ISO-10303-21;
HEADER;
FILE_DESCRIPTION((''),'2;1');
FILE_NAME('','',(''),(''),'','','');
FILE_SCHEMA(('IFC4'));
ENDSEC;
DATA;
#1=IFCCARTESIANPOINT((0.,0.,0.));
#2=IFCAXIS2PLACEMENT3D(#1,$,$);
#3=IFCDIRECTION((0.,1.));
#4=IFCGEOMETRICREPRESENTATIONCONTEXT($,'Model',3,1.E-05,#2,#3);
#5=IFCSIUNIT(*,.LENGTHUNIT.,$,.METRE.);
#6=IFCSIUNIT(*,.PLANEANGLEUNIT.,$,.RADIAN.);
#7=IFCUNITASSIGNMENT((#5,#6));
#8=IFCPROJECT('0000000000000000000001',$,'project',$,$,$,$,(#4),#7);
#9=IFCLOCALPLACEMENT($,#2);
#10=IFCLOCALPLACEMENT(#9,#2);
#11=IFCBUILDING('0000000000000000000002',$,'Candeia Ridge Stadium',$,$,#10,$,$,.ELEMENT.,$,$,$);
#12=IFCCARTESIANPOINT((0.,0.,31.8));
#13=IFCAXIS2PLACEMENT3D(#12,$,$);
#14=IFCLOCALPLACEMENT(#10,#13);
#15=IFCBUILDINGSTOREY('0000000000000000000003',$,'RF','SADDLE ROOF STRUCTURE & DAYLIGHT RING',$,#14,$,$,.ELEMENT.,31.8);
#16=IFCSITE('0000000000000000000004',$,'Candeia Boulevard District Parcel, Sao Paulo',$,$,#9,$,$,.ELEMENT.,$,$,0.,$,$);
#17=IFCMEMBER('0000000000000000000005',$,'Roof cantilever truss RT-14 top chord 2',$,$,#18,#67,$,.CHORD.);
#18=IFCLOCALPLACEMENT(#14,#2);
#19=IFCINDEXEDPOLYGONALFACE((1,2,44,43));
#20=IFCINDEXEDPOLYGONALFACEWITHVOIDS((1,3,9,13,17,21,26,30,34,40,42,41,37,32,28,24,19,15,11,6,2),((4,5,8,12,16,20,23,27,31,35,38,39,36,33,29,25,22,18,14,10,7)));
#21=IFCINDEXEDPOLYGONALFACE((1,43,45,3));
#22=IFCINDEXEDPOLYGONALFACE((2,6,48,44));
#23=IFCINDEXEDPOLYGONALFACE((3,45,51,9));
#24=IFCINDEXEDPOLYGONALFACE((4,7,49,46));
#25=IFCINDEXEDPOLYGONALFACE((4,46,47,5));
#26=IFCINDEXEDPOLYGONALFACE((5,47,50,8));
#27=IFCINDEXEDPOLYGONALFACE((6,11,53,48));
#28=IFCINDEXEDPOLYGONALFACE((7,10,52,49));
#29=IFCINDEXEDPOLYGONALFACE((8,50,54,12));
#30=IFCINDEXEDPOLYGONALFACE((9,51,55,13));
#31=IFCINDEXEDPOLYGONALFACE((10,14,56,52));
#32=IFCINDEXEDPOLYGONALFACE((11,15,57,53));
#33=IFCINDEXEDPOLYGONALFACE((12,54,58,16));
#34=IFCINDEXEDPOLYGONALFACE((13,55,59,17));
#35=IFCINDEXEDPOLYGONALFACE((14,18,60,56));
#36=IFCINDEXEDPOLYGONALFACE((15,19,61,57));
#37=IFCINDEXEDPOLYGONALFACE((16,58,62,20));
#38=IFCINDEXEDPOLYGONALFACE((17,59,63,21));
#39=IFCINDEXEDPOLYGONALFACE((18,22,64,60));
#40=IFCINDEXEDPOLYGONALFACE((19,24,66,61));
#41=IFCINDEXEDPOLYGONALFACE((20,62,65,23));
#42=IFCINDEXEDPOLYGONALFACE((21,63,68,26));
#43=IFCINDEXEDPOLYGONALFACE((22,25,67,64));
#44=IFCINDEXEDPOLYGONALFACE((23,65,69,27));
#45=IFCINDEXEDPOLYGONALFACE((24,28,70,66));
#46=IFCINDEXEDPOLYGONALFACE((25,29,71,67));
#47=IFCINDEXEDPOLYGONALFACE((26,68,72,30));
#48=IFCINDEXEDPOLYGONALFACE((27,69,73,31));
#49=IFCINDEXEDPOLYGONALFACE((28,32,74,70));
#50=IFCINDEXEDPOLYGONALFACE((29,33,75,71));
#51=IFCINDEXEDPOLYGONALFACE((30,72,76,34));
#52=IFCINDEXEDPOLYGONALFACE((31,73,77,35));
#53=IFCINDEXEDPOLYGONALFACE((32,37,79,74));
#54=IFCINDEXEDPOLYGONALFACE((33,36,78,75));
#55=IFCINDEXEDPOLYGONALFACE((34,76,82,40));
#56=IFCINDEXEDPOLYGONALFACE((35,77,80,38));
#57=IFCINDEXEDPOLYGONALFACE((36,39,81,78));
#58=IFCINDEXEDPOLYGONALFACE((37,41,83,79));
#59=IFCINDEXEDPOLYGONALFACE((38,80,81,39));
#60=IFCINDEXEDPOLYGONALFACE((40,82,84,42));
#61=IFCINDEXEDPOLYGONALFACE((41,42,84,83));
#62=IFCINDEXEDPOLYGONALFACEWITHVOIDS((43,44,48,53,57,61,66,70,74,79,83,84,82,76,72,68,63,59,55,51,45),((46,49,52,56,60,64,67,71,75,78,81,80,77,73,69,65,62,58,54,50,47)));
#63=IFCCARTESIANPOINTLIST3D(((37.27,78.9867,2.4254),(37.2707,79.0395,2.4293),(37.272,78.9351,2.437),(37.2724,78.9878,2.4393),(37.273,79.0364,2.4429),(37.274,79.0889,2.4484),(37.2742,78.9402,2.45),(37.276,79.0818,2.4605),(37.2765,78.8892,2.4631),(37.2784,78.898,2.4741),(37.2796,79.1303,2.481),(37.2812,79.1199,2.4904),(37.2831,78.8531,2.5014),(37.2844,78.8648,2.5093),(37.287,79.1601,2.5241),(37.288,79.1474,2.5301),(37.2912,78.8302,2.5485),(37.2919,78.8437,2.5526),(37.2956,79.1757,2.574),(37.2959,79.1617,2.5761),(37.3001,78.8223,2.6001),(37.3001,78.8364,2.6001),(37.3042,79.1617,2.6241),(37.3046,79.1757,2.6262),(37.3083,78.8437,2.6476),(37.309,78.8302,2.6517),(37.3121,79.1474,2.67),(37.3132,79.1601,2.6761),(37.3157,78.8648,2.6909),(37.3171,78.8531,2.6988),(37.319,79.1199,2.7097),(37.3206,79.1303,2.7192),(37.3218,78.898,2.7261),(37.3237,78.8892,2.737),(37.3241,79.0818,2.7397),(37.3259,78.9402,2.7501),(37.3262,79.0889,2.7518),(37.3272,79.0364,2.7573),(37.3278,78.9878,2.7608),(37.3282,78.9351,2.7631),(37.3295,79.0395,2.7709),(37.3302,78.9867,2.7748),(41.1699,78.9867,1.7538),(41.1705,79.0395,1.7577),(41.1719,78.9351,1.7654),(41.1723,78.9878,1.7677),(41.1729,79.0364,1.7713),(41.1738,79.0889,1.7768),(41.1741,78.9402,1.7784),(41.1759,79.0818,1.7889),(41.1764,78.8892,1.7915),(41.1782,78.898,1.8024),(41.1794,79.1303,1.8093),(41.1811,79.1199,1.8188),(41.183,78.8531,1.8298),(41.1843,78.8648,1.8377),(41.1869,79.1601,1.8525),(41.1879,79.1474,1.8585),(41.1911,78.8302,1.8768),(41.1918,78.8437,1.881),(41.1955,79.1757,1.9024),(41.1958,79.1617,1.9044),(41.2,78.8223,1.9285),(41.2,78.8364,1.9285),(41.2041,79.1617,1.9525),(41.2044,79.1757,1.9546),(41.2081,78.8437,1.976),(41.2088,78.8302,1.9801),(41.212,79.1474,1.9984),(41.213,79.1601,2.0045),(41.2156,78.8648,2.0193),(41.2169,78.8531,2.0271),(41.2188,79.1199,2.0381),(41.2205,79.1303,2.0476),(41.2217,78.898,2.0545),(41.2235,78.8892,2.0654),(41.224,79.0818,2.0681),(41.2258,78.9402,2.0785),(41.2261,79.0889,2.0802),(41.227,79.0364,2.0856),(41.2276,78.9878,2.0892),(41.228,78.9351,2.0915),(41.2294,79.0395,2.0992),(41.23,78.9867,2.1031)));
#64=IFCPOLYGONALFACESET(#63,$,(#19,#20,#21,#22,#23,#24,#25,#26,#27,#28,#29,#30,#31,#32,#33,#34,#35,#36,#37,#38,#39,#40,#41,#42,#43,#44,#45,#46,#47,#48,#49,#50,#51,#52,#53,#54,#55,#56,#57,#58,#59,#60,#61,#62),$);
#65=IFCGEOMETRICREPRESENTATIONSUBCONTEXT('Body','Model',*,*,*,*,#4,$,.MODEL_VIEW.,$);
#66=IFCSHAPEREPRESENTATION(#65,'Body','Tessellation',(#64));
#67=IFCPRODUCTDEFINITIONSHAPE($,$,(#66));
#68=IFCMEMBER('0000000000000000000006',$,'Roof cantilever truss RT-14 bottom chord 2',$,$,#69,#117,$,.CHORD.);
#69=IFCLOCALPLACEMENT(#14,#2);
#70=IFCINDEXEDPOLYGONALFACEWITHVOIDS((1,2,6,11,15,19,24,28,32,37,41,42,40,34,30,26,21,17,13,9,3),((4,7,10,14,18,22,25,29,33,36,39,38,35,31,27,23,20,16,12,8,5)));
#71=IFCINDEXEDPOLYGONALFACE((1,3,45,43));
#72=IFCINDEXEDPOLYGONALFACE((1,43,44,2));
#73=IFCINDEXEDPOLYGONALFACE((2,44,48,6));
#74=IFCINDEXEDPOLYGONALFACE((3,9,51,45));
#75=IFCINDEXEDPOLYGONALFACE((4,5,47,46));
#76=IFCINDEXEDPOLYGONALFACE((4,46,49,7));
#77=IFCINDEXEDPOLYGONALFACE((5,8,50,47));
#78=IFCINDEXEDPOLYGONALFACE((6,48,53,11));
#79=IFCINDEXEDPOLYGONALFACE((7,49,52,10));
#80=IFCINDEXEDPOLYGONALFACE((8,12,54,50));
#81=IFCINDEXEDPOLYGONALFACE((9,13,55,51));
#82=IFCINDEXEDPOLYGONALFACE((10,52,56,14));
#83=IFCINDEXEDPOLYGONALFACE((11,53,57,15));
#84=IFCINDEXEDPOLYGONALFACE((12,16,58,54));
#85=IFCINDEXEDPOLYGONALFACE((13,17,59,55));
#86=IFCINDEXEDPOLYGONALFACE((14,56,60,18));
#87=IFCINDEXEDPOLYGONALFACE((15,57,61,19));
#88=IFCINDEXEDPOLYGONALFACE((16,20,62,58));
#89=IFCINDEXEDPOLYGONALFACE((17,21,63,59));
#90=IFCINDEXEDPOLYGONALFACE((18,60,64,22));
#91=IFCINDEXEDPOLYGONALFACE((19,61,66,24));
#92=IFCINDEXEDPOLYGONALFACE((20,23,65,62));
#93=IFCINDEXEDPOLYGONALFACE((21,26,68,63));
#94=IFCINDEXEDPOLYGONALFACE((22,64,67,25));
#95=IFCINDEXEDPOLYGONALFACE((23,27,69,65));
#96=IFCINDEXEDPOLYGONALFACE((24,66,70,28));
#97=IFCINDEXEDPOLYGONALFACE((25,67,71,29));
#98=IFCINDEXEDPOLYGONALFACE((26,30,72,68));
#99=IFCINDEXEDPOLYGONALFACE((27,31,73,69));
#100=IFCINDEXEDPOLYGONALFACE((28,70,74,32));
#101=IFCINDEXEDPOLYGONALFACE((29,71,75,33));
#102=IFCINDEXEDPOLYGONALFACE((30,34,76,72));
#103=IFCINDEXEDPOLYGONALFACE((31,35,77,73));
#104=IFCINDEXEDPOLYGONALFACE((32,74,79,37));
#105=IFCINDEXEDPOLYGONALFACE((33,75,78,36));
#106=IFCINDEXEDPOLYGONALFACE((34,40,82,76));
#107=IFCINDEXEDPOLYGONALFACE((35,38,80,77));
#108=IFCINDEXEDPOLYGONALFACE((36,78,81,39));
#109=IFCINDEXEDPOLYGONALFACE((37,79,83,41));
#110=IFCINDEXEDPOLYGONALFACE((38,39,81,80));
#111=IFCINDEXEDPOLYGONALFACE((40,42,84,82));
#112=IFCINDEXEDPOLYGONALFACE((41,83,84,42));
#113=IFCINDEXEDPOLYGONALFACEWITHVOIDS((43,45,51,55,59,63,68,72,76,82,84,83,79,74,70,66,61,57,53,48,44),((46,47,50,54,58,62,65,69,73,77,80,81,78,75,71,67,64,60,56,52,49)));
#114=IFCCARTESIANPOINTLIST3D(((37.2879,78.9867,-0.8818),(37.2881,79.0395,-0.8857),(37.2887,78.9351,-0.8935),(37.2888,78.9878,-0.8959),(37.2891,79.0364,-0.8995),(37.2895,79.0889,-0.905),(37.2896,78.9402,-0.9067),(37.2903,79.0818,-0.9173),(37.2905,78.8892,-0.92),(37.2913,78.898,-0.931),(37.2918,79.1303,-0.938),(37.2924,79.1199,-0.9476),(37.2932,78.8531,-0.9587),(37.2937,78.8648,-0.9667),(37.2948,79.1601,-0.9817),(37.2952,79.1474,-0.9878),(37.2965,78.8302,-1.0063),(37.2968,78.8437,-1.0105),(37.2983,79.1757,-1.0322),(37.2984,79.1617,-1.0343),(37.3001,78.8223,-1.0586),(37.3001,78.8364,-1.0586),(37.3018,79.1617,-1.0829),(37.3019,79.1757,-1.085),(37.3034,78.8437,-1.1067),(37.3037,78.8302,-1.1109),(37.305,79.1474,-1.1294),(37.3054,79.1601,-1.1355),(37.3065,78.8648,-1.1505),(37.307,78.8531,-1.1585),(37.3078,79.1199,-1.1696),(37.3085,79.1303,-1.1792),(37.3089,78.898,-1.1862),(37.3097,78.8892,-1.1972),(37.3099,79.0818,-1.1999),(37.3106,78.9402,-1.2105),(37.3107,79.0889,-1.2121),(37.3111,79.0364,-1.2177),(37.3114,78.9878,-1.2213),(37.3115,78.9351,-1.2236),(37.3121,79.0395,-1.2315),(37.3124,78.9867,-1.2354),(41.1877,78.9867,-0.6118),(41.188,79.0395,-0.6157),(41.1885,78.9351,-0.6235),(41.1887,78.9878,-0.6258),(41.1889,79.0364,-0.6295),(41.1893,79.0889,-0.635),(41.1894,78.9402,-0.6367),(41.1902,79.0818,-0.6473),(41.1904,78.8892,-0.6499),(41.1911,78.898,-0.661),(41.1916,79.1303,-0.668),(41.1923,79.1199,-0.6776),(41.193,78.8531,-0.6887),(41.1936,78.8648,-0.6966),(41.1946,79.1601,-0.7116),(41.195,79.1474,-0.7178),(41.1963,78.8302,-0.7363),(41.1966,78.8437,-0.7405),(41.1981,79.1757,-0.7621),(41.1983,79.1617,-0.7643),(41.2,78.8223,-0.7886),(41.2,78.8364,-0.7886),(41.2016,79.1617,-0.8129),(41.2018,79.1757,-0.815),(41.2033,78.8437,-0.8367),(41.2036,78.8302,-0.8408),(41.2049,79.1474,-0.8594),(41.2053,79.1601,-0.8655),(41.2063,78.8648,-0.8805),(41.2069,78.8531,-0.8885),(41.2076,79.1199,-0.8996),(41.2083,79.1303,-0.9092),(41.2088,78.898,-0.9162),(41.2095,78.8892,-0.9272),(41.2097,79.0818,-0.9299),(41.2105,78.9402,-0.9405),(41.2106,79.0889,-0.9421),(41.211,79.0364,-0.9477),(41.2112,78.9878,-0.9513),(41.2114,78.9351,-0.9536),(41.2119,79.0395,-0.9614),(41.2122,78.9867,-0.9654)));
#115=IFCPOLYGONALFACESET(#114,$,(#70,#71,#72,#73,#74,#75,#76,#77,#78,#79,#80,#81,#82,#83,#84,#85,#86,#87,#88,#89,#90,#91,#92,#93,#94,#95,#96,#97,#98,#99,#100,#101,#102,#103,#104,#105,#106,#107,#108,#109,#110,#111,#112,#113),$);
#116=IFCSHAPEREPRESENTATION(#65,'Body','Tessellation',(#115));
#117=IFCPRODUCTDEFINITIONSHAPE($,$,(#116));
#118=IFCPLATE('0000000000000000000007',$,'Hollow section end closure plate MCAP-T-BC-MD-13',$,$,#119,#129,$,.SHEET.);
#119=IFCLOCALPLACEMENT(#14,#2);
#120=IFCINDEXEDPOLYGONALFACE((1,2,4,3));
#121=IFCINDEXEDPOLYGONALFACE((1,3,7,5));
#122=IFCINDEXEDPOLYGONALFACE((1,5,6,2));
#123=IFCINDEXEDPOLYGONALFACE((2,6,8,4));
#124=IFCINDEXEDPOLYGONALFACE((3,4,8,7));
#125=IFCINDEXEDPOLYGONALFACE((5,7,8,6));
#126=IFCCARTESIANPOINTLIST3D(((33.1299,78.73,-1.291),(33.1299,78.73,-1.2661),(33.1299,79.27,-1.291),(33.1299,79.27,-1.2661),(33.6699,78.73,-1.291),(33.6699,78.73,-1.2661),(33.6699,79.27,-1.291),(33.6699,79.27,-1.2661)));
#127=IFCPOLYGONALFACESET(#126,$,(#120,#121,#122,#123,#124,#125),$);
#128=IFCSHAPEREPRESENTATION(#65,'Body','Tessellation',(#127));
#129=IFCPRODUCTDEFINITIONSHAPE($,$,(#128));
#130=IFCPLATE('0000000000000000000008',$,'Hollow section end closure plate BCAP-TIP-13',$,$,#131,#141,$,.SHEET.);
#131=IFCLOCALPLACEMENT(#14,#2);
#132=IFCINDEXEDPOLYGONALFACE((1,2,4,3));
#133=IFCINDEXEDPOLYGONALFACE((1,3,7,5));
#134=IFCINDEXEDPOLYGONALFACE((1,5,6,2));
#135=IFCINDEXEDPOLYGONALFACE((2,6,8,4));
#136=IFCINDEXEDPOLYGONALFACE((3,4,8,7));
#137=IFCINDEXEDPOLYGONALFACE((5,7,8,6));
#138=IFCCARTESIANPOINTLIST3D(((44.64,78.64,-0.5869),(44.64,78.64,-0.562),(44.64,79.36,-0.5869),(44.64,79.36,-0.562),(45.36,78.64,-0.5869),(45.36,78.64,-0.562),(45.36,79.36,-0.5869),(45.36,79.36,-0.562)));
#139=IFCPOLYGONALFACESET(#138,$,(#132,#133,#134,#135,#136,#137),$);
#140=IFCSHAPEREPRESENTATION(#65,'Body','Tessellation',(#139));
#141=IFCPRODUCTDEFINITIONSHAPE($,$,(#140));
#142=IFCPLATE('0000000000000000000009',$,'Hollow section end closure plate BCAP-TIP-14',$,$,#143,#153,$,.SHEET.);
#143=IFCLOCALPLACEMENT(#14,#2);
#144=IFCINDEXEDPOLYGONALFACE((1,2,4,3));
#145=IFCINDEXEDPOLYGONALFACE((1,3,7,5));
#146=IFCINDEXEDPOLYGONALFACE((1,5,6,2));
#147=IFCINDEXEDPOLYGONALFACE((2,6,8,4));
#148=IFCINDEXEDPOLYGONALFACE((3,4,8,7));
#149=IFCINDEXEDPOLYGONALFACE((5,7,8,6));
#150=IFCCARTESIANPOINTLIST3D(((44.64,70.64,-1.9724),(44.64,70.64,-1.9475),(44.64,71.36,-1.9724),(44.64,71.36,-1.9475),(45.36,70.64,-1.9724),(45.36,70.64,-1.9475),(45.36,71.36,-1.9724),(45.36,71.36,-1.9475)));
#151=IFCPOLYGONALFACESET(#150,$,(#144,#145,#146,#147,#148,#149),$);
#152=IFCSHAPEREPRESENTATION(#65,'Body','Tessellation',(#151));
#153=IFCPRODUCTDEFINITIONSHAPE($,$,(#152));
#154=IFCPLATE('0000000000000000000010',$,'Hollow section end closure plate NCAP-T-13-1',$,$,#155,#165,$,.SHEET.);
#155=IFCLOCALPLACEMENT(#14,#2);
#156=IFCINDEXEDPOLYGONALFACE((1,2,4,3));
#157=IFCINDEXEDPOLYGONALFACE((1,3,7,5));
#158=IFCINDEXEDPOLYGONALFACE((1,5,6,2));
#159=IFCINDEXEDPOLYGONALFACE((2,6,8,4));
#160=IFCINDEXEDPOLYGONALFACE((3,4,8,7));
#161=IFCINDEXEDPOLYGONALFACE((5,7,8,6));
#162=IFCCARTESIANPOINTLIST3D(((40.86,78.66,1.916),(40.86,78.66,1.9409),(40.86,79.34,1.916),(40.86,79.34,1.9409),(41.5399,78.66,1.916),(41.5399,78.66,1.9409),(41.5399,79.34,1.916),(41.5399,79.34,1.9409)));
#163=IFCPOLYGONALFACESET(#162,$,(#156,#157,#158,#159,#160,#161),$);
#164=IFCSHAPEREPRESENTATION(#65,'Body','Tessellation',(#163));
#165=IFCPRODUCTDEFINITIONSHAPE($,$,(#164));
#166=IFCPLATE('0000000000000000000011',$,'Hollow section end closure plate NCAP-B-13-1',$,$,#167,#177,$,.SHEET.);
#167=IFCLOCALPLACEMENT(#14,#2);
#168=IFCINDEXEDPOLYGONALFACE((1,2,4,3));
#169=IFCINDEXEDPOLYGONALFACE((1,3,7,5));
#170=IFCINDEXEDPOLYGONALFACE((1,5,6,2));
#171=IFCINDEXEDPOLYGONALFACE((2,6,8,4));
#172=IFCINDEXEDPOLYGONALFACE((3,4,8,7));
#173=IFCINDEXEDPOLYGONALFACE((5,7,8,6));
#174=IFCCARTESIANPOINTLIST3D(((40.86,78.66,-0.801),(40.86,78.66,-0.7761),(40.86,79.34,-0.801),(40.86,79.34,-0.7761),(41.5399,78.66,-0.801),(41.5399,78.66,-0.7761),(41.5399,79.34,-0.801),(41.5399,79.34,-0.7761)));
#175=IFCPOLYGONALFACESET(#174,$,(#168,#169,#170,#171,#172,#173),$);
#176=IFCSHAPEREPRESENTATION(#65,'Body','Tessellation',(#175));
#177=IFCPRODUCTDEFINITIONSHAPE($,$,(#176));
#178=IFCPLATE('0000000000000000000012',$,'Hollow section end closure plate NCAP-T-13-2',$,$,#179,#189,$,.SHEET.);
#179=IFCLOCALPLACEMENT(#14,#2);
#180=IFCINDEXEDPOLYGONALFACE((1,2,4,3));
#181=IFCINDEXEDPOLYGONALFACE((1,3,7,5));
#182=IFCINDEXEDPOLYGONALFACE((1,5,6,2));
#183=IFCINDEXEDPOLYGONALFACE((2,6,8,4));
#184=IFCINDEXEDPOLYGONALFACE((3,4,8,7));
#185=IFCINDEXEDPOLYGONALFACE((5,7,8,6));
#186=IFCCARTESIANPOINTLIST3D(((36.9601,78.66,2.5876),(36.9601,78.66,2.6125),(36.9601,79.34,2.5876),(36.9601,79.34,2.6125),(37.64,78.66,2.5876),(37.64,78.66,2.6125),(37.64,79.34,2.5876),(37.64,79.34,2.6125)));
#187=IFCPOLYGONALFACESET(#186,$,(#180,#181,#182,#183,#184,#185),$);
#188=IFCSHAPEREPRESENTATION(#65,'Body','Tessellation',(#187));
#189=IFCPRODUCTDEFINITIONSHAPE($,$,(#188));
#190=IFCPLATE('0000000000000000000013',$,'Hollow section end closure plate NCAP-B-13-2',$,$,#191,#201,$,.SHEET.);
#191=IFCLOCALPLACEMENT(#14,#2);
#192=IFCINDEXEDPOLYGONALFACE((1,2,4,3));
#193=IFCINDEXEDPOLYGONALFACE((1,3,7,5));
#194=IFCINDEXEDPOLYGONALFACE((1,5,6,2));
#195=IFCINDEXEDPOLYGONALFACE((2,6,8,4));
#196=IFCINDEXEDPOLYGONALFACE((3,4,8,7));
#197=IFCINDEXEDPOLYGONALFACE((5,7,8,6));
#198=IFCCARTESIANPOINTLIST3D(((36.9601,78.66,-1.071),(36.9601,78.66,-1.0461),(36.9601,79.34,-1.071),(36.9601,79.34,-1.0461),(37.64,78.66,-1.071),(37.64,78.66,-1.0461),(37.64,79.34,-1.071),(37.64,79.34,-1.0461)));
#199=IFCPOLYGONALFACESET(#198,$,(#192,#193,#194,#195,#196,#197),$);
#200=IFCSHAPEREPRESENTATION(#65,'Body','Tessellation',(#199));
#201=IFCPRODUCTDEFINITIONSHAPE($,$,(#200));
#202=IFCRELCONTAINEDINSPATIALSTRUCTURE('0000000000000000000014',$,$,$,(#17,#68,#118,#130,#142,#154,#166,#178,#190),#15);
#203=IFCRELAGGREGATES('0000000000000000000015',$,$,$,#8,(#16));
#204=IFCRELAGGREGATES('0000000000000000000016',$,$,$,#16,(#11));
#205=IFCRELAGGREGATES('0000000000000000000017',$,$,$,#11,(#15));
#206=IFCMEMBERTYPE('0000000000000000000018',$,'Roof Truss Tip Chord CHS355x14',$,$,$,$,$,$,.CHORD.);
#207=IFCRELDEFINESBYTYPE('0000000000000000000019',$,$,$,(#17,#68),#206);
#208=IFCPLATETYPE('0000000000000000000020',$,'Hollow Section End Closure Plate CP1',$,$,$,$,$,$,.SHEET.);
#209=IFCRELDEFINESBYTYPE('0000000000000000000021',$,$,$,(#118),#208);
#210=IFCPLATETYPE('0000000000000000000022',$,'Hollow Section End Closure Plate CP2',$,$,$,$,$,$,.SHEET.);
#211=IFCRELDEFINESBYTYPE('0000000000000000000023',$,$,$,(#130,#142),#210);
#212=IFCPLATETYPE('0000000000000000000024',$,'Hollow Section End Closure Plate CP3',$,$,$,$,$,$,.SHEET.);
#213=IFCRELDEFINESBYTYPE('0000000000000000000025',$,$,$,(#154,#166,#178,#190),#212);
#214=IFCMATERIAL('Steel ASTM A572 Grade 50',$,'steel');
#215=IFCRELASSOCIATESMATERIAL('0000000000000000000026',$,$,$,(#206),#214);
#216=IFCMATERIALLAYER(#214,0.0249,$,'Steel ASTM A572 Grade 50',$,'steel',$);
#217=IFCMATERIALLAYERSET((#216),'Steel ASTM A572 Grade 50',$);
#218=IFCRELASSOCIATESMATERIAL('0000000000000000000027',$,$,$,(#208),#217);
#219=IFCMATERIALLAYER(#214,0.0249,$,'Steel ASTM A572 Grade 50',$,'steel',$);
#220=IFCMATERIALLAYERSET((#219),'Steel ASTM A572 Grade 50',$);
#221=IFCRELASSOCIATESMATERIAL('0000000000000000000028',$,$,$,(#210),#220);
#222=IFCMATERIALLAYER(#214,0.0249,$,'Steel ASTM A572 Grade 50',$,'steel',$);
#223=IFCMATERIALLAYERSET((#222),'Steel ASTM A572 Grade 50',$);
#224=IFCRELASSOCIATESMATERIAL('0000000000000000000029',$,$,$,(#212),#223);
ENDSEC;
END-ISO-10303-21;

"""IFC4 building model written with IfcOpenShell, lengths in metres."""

from ifc_helpers import new_model, si_unit, direction, frame, origin, origin_2d, place, context, subcontext, project, spatial, rectangle, hollow_circle, extrude, material, layer, layer_set, material_profile, profile_set, type_object, element, save


model = new_model("IFC4")

# Units and contexts
model_context = context("Model", 3, precision=1e-05, world=origin(), true_north=direction((0.0, 1.0)))
body_context = subcontext(model_context, "Body", "Model", "MODEL_VIEW")
ifc_project = project(units=[si_unit("LENGTHUNIT", "METRE"), si_unit("PLANEANGLEUNIT", "RADIAN")], contexts=[model_context])

# Site, building, storey
site_placement = place(None, origin())
site = spatial("IfcSite", under=ifc_project, at=site_placement, Name="Candeia Boulevard District Parcel, Sao Paulo", CompositionType="ELEMENT", RefElevation=0.0)
building_placement = place(site_placement, origin())
building = spatial("IfcBuilding", under=site, at=building_placement, Name="Candeia Ridge Stadium", CompositionType="ELEMENT")
storey_placement = place(building_placement, frame((0.0, 0.0, 31.8)))
storey = spatial("IfcBuildingStorey", under=building, at=storey_placement, Name="RF", Description="SADDLE ROOF STRUCTURE & DAYLIGHT RING", CompositionType="ELEMENT", Elevation=31.8)

# Shared definitions
ifc_material_1 = material(Name="Steel ASTM A572 Grade 50", Category="steel")

# Members
ifc_material_profile_1 = material_profile(ifc_material_1, hollow_circle(Radius=0.1777, WallThickness=0.0142, at=origin_2d()), Name="CHS355x14", Category="steel")
ifc_profile_set_1 = profile_set([ifc_material_profile_1], Name="Steel ASTM A572 Grade 50")
member_type_1 = type_object("IfcMemberType", Name="Roof Truss Tip Chord CHS355x14", PredefinedType="CHORD", material=ifc_profile_set_1)
member_1_placement = place(storey_placement, frame((41.2, 79.0, 1.9285), z_axis=(-0.985493, 0.0, 0.169719), x_axis=(0.0, -1.0, 0.0)))
element("IfcMember", 1, at=member_1_placement, inside=storey, type_object=member_type_1, Name="Roof cantilever truss RT-14 top chord 2", PredefinedType="CHORD", context=body_context, shape_type="SweptSolid", body=[
    extrude(hollow_circle(Radius=0.1777, WallThickness=0.0142, at=origin_2d()), origin(), (0.0, 0.0, 1.0), 3.9573),
])
member_2_placement = place(storey_placement, frame((41.2, 79.0, -0.7886), z_axis=(-0.997612, 0.0, -0.069072), x_axis=(0.0, -1.0, 0.0)))
element("IfcMember", 2, at=member_2_placement, inside=storey, type_object=member_type_1, Name="Roof cantilever truss RT-14 bottom chord 2", PredefinedType="CHORD", context=body_context, shape_type="SweptSolid", body=[
    extrude(hollow_circle(Radius=0.1777, WallThickness=0.0142, at=origin_2d()), origin(), (0.0, 0.0, 1.0), 3.9092),
])

# Plates
ifc_layer_1 = layer(ifc_material_1, 0.0249, Name="Steel ASTM A572 Grade 50", Category="steel")
ifc_layer_set_1 = layer_set([ifc_layer_1], Name="Steel ASTM A572 Grade 50")
plate_type_1 = type_object("IfcPlateType", Name="Hollow Section End Closure Plate CP1", PredefinedType="SHEET", material=ifc_layer_set_1)
plate_1_placement = place(storey_placement, frame((33.3999, 79.0, -1.291), z_axis=(0.0, 0.0, 1.0), x_axis=(1.0, 0.0, 0.0)))
element("IfcPlate", 3, at=plate_1_placement, inside=storey, type_object=plate_type_1, Name="Hollow section end closure plate MCAP-T-BC-MD-13", PredefinedType="SHEET", context=body_context, shape_type="SweptSolid", body=[
    extrude(rectangle(XDim=0.54, YDim=0.54, at=origin_2d()), origin(), (0.0, 0.0, 1.0), 0.0249),
])
ifc_layer_2 = layer(ifc_material_1, 0.0249, Name="Steel ASTM A572 Grade 50", Category="steel")
ifc_layer_set_2 = layer_set([ifc_layer_2], Name="Steel ASTM A572 Grade 50")
plate_type_2 = type_object("IfcPlateType", Name="Hollow Section End Closure Plate CP2", PredefinedType="SHEET", material=ifc_layer_set_2)
for number, where, z_axis, x_axis, name in (
    (4, (45.0, 79.0, -0.5869), (0.0, 0.0, 1.0), (1.0, 0.0, 0.0), "Hollow section end closure plate BCAP-TIP-13"),
    (5, (45.0, 71.0, -1.9724), (0.0, 0.0, 1.0), (1.0, 0.0, 0.0), "Hollow section end closure plate BCAP-TIP-14"),
):
    element("IfcPlate", number, at=place(storey_placement, frame(where, z_axis=z_axis, x_axis=x_axis)), inside=storey, type_object=plate_type_2, Name=name, PredefinedType="SHEET", context=body_context, shape_type="SweptSolid", body=[
        extrude(rectangle(XDim=0.72, YDim=0.72, at=origin_2d()), origin(), (0.0, 0.0, 1.0), 0.0249),
    ])
ifc_layer_3 = layer(ifc_material_1, 0.0249, Name="Steel ASTM A572 Grade 50", Category="steel")
ifc_layer_set_3 = layer_set([ifc_layer_3], Name="Steel ASTM A572 Grade 50")
plate_type_3 = type_object("IfcPlateType", Name="Hollow Section End Closure Plate CP3", PredefinedType="SHEET", material=ifc_layer_set_3)
for number, where, z_axis, x_axis, name in (
    (6, (41.2, 79.0, 1.916), (0.0, 0.0, 1.0), (1.0, 0.0, 0.0), "Hollow section end closure plate NCAP-T-13-1"),
    (7, (41.2, 79.0, -0.801), (0.0, 0.0, 1.0), (1.0, 0.0, 0.0), "Hollow section end closure plate NCAP-B-13-1"),
    (8, (37.3, 79.0, 2.5876), (0.0, 0.0, 1.0), (1.0, 0.0, 0.0), "Hollow section end closure plate NCAP-T-13-2"),
    (9, (37.3, 79.0, -1.071), (0.0, 0.0, 1.0), (1.0, 0.0, 0.0), "Hollow section end closure plate NCAP-B-13-2"),
):
    element("IfcPlate", number, at=place(storey_placement, frame(where, z_axis=z_axis, x_axis=x_axis)), inside=storey, type_object=plate_type_3, Name=name, PredefinedType="SHEET", context=body_context, shape_type="SweptSolid", body=[
        extrude(rectangle(XDim=0.6799, YDim=0.6799, at=origin_2d()), origin(), (0.0, 0.0, 1.0), 0.0249),
    ])

save(model, "model.ifc")
